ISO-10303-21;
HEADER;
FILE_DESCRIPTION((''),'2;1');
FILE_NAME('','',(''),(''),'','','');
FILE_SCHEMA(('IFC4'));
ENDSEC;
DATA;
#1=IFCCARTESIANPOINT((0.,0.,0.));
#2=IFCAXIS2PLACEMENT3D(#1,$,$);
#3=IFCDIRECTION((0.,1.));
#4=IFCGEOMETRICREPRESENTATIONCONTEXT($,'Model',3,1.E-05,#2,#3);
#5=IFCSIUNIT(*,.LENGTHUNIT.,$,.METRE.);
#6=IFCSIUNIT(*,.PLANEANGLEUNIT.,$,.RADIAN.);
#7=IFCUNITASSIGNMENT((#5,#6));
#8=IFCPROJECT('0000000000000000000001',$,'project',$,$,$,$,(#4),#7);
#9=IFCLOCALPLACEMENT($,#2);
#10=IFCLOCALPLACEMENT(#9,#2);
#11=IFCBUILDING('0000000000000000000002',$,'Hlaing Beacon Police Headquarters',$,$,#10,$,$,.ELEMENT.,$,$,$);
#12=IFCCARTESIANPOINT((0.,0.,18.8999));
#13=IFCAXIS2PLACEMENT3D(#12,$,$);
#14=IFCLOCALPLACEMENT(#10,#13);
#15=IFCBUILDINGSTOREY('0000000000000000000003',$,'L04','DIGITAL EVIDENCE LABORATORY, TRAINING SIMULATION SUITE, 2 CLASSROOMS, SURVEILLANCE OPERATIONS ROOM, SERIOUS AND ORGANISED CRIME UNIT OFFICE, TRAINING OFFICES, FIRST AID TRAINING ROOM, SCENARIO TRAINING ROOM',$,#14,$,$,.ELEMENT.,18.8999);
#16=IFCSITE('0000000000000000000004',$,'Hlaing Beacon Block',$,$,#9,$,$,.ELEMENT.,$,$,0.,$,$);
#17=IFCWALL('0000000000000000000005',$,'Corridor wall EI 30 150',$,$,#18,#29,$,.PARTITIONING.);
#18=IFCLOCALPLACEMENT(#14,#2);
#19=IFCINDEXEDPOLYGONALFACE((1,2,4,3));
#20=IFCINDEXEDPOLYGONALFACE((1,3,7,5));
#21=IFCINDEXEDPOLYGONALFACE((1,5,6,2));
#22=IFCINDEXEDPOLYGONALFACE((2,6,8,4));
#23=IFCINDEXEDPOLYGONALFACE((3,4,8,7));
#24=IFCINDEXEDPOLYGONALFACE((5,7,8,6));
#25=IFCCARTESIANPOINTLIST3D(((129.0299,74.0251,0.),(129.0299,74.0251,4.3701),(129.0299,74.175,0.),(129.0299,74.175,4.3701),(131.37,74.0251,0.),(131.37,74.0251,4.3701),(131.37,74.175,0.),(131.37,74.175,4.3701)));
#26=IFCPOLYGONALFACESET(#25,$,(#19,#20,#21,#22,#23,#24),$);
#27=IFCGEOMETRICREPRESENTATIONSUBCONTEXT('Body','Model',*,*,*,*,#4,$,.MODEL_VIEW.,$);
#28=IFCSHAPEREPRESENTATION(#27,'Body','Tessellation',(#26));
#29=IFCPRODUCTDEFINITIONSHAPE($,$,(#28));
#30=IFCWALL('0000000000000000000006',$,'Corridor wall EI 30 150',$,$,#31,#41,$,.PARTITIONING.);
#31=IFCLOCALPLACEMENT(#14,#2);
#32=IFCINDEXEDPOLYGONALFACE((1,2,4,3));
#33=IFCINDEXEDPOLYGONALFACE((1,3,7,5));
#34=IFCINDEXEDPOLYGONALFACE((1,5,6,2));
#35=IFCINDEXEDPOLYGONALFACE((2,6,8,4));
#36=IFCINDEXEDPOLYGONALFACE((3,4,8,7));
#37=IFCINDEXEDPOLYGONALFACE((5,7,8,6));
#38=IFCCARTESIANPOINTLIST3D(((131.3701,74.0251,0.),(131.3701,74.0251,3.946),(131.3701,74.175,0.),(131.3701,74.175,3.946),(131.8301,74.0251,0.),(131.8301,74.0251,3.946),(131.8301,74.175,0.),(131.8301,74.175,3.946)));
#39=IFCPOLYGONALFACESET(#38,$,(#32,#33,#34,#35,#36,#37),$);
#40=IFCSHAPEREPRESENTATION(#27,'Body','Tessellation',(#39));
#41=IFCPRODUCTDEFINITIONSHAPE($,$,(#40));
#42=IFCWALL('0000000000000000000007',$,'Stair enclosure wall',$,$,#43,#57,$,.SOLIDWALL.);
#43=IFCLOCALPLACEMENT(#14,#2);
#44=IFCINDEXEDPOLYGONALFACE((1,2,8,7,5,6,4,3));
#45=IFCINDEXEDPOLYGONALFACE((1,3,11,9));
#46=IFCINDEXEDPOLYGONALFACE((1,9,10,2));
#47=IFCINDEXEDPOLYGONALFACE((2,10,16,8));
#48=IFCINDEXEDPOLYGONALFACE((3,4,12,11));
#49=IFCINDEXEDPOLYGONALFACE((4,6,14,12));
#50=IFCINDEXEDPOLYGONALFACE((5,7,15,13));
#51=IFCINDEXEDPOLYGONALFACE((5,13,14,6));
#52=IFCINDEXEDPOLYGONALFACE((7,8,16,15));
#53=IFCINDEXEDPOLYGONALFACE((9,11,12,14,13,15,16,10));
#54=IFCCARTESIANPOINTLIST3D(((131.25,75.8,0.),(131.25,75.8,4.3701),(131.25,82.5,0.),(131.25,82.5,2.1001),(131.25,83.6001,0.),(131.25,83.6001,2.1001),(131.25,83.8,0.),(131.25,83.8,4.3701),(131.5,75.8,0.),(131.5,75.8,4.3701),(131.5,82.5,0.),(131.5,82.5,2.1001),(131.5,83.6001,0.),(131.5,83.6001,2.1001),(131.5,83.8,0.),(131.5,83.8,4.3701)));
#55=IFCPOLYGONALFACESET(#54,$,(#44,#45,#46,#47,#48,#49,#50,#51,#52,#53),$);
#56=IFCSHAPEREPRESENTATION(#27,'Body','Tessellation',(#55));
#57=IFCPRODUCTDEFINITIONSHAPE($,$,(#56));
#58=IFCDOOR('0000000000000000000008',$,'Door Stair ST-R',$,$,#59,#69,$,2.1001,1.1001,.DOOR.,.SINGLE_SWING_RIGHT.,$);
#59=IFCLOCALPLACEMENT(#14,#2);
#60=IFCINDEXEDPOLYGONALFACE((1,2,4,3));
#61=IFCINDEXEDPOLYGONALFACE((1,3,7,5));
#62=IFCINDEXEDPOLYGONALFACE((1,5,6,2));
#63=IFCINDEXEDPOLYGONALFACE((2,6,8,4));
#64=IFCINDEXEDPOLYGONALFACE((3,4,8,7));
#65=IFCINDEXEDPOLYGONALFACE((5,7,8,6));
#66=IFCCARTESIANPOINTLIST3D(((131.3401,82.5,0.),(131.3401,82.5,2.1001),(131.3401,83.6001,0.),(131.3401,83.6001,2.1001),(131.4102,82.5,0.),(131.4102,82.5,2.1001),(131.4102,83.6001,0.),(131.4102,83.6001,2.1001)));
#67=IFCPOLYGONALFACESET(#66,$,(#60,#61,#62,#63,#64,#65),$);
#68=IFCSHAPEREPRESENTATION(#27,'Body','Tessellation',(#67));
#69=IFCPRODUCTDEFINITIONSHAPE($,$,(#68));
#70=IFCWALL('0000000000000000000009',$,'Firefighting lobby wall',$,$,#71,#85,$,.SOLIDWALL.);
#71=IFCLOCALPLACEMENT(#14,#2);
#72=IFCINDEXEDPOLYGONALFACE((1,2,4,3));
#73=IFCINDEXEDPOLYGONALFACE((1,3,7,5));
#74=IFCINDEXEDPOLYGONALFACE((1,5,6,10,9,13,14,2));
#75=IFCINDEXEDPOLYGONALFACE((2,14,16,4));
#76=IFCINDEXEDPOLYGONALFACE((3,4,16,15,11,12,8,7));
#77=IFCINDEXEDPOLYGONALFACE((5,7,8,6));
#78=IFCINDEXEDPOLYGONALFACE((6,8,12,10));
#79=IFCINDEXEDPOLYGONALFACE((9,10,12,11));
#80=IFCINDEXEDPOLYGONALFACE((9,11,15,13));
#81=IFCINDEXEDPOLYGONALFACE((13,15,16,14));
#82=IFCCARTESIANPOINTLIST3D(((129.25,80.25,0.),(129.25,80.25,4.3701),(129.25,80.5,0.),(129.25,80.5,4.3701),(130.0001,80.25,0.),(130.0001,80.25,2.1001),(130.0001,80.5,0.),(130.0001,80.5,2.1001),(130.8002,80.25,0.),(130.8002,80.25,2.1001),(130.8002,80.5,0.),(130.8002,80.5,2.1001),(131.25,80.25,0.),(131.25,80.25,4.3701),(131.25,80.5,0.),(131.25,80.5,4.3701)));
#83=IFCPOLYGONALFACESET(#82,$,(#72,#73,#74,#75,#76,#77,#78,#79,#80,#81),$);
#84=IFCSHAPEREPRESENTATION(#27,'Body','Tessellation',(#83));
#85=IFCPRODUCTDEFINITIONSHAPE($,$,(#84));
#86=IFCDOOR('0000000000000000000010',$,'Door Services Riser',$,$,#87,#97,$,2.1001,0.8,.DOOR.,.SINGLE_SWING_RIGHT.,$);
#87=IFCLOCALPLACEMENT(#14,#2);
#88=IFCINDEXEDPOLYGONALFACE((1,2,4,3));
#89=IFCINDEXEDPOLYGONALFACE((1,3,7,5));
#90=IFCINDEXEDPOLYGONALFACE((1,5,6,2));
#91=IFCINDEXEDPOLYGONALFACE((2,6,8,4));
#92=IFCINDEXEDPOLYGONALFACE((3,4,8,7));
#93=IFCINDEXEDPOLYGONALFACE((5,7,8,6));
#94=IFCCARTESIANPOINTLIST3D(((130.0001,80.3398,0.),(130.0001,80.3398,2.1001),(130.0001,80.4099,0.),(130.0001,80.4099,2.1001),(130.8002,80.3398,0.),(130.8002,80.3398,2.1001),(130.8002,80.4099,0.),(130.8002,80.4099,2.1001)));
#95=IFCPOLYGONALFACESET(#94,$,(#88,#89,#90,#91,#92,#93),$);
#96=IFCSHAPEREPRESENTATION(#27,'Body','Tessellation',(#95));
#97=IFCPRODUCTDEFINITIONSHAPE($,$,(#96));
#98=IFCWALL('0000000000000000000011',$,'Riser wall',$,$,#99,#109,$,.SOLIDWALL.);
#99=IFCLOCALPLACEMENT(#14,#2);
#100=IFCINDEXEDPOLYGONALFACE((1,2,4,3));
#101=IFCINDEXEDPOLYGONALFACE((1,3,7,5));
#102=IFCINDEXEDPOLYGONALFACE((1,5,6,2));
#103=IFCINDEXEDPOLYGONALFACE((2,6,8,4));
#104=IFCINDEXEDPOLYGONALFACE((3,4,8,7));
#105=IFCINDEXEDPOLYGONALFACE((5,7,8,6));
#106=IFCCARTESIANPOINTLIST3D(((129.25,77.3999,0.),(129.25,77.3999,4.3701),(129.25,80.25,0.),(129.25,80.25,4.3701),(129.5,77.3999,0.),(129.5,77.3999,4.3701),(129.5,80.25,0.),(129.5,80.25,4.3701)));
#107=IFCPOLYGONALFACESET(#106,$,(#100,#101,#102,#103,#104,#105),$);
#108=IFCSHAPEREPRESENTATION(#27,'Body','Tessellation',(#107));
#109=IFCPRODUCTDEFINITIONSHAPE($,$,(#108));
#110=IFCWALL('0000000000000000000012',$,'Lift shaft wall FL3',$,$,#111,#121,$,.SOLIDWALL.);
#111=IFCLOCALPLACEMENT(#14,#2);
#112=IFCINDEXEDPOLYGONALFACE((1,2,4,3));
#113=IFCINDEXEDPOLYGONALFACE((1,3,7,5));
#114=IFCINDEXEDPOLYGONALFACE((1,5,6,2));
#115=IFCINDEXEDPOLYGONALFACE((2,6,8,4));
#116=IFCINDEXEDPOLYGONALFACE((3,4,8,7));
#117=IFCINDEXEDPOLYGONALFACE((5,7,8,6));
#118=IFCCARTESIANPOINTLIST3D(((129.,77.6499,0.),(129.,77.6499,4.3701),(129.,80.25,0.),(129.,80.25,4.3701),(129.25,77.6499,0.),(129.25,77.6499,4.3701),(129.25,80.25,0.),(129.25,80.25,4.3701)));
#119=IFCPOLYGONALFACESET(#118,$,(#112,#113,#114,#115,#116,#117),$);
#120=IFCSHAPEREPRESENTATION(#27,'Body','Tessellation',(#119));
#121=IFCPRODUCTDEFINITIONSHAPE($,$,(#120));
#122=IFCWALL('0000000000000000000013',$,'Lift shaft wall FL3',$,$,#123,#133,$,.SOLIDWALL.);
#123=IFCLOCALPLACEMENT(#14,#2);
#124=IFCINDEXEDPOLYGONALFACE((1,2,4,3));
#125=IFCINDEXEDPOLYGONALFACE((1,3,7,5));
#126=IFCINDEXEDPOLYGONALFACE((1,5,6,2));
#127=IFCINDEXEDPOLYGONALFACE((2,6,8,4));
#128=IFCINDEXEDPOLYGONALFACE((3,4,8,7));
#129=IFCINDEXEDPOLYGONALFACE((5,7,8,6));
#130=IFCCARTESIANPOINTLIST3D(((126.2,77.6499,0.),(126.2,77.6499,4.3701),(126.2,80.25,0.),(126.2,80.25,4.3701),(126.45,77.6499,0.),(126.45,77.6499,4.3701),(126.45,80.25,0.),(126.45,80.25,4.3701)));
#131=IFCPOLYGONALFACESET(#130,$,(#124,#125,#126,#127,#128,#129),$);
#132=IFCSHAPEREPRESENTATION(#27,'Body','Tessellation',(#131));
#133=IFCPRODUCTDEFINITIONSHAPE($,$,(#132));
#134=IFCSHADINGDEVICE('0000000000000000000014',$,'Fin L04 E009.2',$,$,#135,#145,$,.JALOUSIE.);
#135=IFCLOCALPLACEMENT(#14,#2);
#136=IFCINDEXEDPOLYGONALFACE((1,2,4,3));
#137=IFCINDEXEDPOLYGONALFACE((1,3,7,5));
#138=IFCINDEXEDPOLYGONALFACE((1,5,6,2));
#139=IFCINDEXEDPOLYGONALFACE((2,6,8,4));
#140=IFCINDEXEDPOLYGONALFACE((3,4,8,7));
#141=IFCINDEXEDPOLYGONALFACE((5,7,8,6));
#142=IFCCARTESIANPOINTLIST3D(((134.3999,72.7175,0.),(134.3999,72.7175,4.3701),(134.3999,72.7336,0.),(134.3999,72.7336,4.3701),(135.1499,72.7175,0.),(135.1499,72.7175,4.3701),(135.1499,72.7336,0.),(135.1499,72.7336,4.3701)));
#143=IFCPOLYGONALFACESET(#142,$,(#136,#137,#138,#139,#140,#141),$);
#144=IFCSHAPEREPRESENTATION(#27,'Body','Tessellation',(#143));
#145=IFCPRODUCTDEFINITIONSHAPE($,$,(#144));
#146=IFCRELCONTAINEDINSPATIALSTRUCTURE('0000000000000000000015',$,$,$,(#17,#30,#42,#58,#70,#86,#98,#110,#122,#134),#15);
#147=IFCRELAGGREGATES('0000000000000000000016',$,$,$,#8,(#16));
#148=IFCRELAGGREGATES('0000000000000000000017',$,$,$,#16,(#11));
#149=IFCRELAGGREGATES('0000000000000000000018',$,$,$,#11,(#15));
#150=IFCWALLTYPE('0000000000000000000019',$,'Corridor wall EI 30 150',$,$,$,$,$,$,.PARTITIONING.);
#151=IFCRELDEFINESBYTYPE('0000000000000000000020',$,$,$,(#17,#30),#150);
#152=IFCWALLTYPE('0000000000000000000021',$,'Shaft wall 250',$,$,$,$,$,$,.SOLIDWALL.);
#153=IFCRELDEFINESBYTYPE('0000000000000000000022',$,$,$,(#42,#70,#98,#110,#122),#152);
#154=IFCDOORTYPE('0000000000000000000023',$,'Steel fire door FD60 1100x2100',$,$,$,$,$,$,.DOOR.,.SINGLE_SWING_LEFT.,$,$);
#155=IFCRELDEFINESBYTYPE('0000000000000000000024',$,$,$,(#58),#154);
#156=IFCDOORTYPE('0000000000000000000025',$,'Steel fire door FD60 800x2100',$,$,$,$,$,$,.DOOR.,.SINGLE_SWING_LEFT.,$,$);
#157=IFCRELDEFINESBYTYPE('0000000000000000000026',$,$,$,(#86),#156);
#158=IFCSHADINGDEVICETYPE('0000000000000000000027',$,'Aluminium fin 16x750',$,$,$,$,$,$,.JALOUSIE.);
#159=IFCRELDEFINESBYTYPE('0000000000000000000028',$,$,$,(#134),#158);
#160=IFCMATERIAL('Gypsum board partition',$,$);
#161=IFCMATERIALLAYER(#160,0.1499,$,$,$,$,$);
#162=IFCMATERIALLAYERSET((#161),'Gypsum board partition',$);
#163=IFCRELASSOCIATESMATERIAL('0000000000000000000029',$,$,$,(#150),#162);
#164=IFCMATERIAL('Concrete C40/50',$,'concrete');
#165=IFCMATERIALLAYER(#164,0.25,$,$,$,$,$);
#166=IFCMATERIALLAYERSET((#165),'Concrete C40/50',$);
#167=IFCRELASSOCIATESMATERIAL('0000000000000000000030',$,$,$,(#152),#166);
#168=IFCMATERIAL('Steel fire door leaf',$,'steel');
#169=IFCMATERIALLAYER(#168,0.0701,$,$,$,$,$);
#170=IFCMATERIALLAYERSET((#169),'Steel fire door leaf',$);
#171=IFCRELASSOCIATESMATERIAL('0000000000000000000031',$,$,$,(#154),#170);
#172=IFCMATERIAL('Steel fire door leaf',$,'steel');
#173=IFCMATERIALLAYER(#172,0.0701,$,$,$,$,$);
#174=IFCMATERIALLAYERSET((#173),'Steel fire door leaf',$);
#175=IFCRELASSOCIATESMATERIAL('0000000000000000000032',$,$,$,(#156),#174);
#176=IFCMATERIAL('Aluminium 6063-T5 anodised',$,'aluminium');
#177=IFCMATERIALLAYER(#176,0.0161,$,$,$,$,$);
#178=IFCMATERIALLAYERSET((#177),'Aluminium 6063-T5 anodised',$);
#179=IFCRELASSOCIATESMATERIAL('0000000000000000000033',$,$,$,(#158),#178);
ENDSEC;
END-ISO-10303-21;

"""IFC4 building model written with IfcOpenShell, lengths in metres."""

from ifc_helpers import new_model, si_unit, direction, frame, frame_2d, origin, origin_2d, place, context, subcontext, project, spatial, rectangle, extrude, material, layer, layer_set, type_object, element, fill, save


model = new_model("IFC4")

# Units and contexts
model_context = context("Model", 3, precision=1e-05, world=origin(), true_north=direction((0.0, 1.0)))
body_context = subcontext(model_context, "Body", "Model", "MODEL_VIEW")
ifc_project = project(units=[si_unit("LENGTHUNIT", "METRE"), si_unit("PLANEANGLEUNIT", "RADIAN")], contexts=[model_context])

# Site, building, storey
site_placement = place(None, origin())
site = spatial("IfcSite", under=ifc_project, at=site_placement, Name="Hlaing Beacon Block", CompositionType="ELEMENT", RefElevation=0.0)
building_placement = place(site_placement, origin())
building = spatial("IfcBuilding", under=site, at=building_placement, Name="Hlaing Beacon Police Headquarters", CompositionType="ELEMENT")
storey_placement = place(building_placement, frame((0.0, 0.0, 18.8999)))
storey = spatial("IfcBuildingStorey", under=building, at=storey_placement, Name="L04", Description="DIGITAL EVIDENCE LABORATORY, TRAINING SIMULATION SUITE, 2 CLASSROOMS, SURVEILLANCE OPERATIONS ROOM, SERIOUS AND ORGANISED CRIME UNIT OFFICE, TRAINING OFFICES, FIRST AID TRAINING ROOM, SCENARIO TRAINING ROOM", CompositionType="ELEMENT", Elevation=18.8999)

# Walls
ifc_material_1 = material(Name="Gypsum board partition")
ifc_layer_1 = layer(ifc_material_1, 0.1499)
ifc_layer_set_1 = layer_set([ifc_layer_1], Name="Gypsum board partition")
wall_type_1 = type_object("IfcWallType", Name="Corridor wall EI 30 150", PredefinedType="PARTITIONING", material=ifc_layer_set_1)
wall_1_placement = place(storey_placement, frame((129.03, 74.1001, 0.0), z_axis=(0.0, 0.0, 1.0), x_axis=(1.0, 0.0, 0.0)))
element("IfcWall", 1, at=wall_1_placement, inside=storey, type_object=wall_type_1, Name="Corridor wall EI 30 150", PredefinedType="PARTITIONING", context=body_context, shape_type="SweptSolid", body=[
    extrude(rectangle(XDim=2.3401, YDim=0.1499, at=frame_2d((1.1699, 0.0))), origin(), (0.0, 0.0, 1.0), 4.3701),
])
wall_2_placement = place(storey_placement, frame((131.3701, 74.1001, 0.0), z_axis=(0.0, 0.0, 1.0), x_axis=(1.0, 0.0, 0.0)))
element("IfcWall", 2, at=wall_2_placement, inside=storey, type_object=wall_type_1, Name="Corridor wall EI 30 150", PredefinedType="PARTITIONING", context=body_context, shape_type="SweptSolid", body=[
    extrude(rectangle(XDim=0.46, YDim=0.1499, at=frame_2d((0.23, 0.0))), origin(), (0.0, 0.0, 1.0), 3.946),
])

# Walls, openings, doors
ifc_material_2 = material(Name="Concrete C40/50", Category="concrete")
ifc_layer_2 = layer(ifc_material_2, 0.25)
ifc_layer_set_2 = layer_set([ifc_layer_2], Name="Concrete C40/50")
wall_type_2 = type_object("IfcWallType", Name="Shaft wall 250", PredefinedType="SOLIDWALL", material=ifc_layer_set_2)
wall_3_placement = place(storey_placement, frame((131.375, 83.8, 0.0), z_axis=(0.0, 0.0, 1.0), x_axis=(0.0, -1.0, 0.0)))
wall_3 = element("IfcWall", 3, at=wall_3_placement, inside=storey, type_object=wall_type_2, Name="Stair enclosure wall", PredefinedType="SOLIDWALL", context=body_context, shape_type="SweptSolid", body=[
    extrude(rectangle(XDim=8.0, YDim=0.25, at=frame_2d((4.0, 0.0))), origin(), (0.0, 0.0, 1.0), 4.3701),
])
opening_1_placement = place(wall_3_placement, frame((0.2, 0.0, 0.0)))
opening_1 = element("IfcOpeningElement", 4, at=opening_1_placement, cuts=wall_3, PredefinedType="OPENING", context=body_context, shape_type="SweptSolid", body=[
    extrude(rectangle(XDim=1.1001, YDim=2.1001, at=frame_2d((0.55, 1.05))), frame((0.0, 0.135, 0.0), z_axis=(0.0, -1.0, 0.0), x_axis=(1.0, 0.0, 0.0)), (0.0, 0.0, 1.0), 0.27),
])
ifc_material_3 = material(Name="Steel fire door leaf", Category="steel")
ifc_layer_3 = layer(ifc_material_3, 0.0701)
ifc_layer_set_3 = layer_set([ifc_layer_3], Name="Steel fire door leaf")
door_type_1 = type_object("IfcDoorType", Name="Steel fire door FD60 1100x2100", OperationType="SINGLE_SWING_LEFT", PredefinedType="DOOR", material=ifc_layer_set_3)
door_1_placement = place(opening_1_placement, origin())
door_1 = element("IfcDoor", 5, at=door_1_placement, inside=storey, type_object=door_type_1, Name="Door Stair ST-R", OperationType="SINGLE_SWING_RIGHT", OverallHeight=2.1001, OverallWidth=1.1001, PredefinedType="DOOR", context=body_context, shape_type="SweptSolid", body=[
    extrude(rectangle(XDim=1.1001, YDim=2.1001, at=frame_2d((0.55, 1.05))), frame((0.0, 0.0352, 0.0), z_axis=(0.0, -1.0, 0.0), x_axis=(1.0, 0.0, 0.0)), (0.0, 0.0, 1.0), 0.0701),
])
fill(opening_1, door_1)
wall_4_placement = place(storey_placement, frame((131.25, 80.375, 0.0), z_axis=(0.0, 0.0, 1.0), x_axis=(-1.0, 0.0, 0.0)))
wall_4 = element("IfcWall", 6, at=wall_4_placement, inside=storey, type_object=wall_type_2, Name="Firefighting lobby wall", PredefinedType="SOLIDWALL", context=body_context, shape_type="SweptSolid", body=[
    extrude(rectangle(XDim=2.0, YDim=0.25, at=frame_2d((1.0, 0.0))), origin(), (0.0, 0.0, 1.0), 4.3701),
])
opening_2_placement = place(wall_4_placement, frame((0.45, 0.0, 0.0)))
opening_2 = element("IfcOpeningElement", 7, at=opening_2_placement, cuts=wall_4, PredefinedType="OPENING", context=body_context, shape_type="SweptSolid", body=[
    extrude(rectangle(XDim=0.8, YDim=2.1001, at=frame_2d((0.3999, 1.05))), frame((0.0, 0.135, 0.0), z_axis=(0.0, -1.0, 0.0), x_axis=(1.0, 0.0, 0.0)), (0.0, 0.0, 1.0), 0.27),
])
ifc_material_4 = material(Name="Steel fire door leaf", Category="steel")
ifc_layer_4 = layer(ifc_material_4, 0.0701)
ifc_layer_set_4 = layer_set([ifc_layer_4], Name="Steel fire door leaf")
door_type_2 = type_object("IfcDoorType", Name="Steel fire door FD60 800x2100", OperationType="SINGLE_SWING_LEFT", PredefinedType="DOOR", material=ifc_layer_set_4)
door_2_placement = place(opening_2_placement, origin())
door_2 = element("IfcDoor", 8, at=door_2_placement, inside=storey, type_object=door_type_2, Name="Door Services Riser", OperationType="SINGLE_SWING_RIGHT", OverallHeight=2.1001, OverallWidth=0.8, PredefinedType="DOOR", context=body_context, shape_type="SweptSolid", body=[
    extrude(rectangle(XDim=0.8, YDim=2.1001, at=frame_2d((0.3999, 1.05))), frame((0.0, 0.0352, 0.0), z_axis=(0.0, -1.0, 0.0), x_axis=(1.0, 0.0, 0.0)), (0.0, 0.0, 1.0), 0.0701),
])
fill(opening_2, door_2)

# Walls
wall_5_placement = place(storey_placement, frame((129.375, 80.25, 0.0), z_axis=(0.0, 0.0, 1.0), x_axis=(0.0, -1.0, 0.0)))
element("IfcWall", 9, at=wall_5_placement, inside=storey, type_object=wall_type_2, Name="Riser wall", PredefinedType="SOLIDWALL", context=body_context, shape_type="SweptSolid", body=[
    extrude(rectangle(XDim=2.8501, YDim=0.25, at=frame_2d((1.425, 0.0))), origin(), (0.0, 0.0, 1.0), 4.3701),
])
for number, where, z_axis, x_axis, name in (
    (10, (129.125, 77.6499, 0.0), (0.0, 0.0, 1.0), (0.0, 1.0, 0.0), "Lift shaft wall FL3"),
    (11, (126.325, 77.6499, 0.0), (0.0, 0.0, 1.0), (0.0, 1.0, 0.0), "Lift shaft wall FL3"),
):
    element("IfcWall", number, at=place(storey_placement, frame(where, z_axis=z_axis, x_axis=x_axis)), inside=storey, type_object=wall_type_2, Name=name, PredefinedType="SOLIDWALL", context=body_context, shape_type="SweptSolid", body=[
        extrude(rectangle(XDim=2.6001, YDim=0.25, at=frame_2d((1.3, 0.0))), origin(), (0.0, 0.0, 1.0), 4.3701),
    ])

# Shading device
ifc_material_5 = material(Name="Aluminium 6063-T5 anodised", Category="aluminium")
ifc_layer_5 = layer(ifc_material_5, 0.0161)
ifc_layer_set_5 = layer_set([ifc_layer_5], Name="Aluminium 6063-T5 anodised")
shading_device_type = type_object("IfcShadingDeviceType", Name="Aluminium fin 16x750", PredefinedType="JALOUSIE", material=ifc_layer_set_5)
shading_device_placement = place(storey_placement, frame((134.7749, 72.7256, 0.0), z_axis=(0.0, 0.0, 1.0), x_axis=(0.0, 1.0, 0.0)))
element("IfcShadingDevice", 12, at=shading_device_placement, inside=storey, type_object=shading_device_type, Name="Fin L04 E009.2", PredefinedType="JALOUSIE", context=body_context, shape_type="SweptSolid", body=[
    extrude(rectangle(XDim=0.0161, YDim=0.75, at=origin_2d()), origin(), (0.0, 0.0, 1.0), 4.3701),
])

save(model, "model.ifc")
